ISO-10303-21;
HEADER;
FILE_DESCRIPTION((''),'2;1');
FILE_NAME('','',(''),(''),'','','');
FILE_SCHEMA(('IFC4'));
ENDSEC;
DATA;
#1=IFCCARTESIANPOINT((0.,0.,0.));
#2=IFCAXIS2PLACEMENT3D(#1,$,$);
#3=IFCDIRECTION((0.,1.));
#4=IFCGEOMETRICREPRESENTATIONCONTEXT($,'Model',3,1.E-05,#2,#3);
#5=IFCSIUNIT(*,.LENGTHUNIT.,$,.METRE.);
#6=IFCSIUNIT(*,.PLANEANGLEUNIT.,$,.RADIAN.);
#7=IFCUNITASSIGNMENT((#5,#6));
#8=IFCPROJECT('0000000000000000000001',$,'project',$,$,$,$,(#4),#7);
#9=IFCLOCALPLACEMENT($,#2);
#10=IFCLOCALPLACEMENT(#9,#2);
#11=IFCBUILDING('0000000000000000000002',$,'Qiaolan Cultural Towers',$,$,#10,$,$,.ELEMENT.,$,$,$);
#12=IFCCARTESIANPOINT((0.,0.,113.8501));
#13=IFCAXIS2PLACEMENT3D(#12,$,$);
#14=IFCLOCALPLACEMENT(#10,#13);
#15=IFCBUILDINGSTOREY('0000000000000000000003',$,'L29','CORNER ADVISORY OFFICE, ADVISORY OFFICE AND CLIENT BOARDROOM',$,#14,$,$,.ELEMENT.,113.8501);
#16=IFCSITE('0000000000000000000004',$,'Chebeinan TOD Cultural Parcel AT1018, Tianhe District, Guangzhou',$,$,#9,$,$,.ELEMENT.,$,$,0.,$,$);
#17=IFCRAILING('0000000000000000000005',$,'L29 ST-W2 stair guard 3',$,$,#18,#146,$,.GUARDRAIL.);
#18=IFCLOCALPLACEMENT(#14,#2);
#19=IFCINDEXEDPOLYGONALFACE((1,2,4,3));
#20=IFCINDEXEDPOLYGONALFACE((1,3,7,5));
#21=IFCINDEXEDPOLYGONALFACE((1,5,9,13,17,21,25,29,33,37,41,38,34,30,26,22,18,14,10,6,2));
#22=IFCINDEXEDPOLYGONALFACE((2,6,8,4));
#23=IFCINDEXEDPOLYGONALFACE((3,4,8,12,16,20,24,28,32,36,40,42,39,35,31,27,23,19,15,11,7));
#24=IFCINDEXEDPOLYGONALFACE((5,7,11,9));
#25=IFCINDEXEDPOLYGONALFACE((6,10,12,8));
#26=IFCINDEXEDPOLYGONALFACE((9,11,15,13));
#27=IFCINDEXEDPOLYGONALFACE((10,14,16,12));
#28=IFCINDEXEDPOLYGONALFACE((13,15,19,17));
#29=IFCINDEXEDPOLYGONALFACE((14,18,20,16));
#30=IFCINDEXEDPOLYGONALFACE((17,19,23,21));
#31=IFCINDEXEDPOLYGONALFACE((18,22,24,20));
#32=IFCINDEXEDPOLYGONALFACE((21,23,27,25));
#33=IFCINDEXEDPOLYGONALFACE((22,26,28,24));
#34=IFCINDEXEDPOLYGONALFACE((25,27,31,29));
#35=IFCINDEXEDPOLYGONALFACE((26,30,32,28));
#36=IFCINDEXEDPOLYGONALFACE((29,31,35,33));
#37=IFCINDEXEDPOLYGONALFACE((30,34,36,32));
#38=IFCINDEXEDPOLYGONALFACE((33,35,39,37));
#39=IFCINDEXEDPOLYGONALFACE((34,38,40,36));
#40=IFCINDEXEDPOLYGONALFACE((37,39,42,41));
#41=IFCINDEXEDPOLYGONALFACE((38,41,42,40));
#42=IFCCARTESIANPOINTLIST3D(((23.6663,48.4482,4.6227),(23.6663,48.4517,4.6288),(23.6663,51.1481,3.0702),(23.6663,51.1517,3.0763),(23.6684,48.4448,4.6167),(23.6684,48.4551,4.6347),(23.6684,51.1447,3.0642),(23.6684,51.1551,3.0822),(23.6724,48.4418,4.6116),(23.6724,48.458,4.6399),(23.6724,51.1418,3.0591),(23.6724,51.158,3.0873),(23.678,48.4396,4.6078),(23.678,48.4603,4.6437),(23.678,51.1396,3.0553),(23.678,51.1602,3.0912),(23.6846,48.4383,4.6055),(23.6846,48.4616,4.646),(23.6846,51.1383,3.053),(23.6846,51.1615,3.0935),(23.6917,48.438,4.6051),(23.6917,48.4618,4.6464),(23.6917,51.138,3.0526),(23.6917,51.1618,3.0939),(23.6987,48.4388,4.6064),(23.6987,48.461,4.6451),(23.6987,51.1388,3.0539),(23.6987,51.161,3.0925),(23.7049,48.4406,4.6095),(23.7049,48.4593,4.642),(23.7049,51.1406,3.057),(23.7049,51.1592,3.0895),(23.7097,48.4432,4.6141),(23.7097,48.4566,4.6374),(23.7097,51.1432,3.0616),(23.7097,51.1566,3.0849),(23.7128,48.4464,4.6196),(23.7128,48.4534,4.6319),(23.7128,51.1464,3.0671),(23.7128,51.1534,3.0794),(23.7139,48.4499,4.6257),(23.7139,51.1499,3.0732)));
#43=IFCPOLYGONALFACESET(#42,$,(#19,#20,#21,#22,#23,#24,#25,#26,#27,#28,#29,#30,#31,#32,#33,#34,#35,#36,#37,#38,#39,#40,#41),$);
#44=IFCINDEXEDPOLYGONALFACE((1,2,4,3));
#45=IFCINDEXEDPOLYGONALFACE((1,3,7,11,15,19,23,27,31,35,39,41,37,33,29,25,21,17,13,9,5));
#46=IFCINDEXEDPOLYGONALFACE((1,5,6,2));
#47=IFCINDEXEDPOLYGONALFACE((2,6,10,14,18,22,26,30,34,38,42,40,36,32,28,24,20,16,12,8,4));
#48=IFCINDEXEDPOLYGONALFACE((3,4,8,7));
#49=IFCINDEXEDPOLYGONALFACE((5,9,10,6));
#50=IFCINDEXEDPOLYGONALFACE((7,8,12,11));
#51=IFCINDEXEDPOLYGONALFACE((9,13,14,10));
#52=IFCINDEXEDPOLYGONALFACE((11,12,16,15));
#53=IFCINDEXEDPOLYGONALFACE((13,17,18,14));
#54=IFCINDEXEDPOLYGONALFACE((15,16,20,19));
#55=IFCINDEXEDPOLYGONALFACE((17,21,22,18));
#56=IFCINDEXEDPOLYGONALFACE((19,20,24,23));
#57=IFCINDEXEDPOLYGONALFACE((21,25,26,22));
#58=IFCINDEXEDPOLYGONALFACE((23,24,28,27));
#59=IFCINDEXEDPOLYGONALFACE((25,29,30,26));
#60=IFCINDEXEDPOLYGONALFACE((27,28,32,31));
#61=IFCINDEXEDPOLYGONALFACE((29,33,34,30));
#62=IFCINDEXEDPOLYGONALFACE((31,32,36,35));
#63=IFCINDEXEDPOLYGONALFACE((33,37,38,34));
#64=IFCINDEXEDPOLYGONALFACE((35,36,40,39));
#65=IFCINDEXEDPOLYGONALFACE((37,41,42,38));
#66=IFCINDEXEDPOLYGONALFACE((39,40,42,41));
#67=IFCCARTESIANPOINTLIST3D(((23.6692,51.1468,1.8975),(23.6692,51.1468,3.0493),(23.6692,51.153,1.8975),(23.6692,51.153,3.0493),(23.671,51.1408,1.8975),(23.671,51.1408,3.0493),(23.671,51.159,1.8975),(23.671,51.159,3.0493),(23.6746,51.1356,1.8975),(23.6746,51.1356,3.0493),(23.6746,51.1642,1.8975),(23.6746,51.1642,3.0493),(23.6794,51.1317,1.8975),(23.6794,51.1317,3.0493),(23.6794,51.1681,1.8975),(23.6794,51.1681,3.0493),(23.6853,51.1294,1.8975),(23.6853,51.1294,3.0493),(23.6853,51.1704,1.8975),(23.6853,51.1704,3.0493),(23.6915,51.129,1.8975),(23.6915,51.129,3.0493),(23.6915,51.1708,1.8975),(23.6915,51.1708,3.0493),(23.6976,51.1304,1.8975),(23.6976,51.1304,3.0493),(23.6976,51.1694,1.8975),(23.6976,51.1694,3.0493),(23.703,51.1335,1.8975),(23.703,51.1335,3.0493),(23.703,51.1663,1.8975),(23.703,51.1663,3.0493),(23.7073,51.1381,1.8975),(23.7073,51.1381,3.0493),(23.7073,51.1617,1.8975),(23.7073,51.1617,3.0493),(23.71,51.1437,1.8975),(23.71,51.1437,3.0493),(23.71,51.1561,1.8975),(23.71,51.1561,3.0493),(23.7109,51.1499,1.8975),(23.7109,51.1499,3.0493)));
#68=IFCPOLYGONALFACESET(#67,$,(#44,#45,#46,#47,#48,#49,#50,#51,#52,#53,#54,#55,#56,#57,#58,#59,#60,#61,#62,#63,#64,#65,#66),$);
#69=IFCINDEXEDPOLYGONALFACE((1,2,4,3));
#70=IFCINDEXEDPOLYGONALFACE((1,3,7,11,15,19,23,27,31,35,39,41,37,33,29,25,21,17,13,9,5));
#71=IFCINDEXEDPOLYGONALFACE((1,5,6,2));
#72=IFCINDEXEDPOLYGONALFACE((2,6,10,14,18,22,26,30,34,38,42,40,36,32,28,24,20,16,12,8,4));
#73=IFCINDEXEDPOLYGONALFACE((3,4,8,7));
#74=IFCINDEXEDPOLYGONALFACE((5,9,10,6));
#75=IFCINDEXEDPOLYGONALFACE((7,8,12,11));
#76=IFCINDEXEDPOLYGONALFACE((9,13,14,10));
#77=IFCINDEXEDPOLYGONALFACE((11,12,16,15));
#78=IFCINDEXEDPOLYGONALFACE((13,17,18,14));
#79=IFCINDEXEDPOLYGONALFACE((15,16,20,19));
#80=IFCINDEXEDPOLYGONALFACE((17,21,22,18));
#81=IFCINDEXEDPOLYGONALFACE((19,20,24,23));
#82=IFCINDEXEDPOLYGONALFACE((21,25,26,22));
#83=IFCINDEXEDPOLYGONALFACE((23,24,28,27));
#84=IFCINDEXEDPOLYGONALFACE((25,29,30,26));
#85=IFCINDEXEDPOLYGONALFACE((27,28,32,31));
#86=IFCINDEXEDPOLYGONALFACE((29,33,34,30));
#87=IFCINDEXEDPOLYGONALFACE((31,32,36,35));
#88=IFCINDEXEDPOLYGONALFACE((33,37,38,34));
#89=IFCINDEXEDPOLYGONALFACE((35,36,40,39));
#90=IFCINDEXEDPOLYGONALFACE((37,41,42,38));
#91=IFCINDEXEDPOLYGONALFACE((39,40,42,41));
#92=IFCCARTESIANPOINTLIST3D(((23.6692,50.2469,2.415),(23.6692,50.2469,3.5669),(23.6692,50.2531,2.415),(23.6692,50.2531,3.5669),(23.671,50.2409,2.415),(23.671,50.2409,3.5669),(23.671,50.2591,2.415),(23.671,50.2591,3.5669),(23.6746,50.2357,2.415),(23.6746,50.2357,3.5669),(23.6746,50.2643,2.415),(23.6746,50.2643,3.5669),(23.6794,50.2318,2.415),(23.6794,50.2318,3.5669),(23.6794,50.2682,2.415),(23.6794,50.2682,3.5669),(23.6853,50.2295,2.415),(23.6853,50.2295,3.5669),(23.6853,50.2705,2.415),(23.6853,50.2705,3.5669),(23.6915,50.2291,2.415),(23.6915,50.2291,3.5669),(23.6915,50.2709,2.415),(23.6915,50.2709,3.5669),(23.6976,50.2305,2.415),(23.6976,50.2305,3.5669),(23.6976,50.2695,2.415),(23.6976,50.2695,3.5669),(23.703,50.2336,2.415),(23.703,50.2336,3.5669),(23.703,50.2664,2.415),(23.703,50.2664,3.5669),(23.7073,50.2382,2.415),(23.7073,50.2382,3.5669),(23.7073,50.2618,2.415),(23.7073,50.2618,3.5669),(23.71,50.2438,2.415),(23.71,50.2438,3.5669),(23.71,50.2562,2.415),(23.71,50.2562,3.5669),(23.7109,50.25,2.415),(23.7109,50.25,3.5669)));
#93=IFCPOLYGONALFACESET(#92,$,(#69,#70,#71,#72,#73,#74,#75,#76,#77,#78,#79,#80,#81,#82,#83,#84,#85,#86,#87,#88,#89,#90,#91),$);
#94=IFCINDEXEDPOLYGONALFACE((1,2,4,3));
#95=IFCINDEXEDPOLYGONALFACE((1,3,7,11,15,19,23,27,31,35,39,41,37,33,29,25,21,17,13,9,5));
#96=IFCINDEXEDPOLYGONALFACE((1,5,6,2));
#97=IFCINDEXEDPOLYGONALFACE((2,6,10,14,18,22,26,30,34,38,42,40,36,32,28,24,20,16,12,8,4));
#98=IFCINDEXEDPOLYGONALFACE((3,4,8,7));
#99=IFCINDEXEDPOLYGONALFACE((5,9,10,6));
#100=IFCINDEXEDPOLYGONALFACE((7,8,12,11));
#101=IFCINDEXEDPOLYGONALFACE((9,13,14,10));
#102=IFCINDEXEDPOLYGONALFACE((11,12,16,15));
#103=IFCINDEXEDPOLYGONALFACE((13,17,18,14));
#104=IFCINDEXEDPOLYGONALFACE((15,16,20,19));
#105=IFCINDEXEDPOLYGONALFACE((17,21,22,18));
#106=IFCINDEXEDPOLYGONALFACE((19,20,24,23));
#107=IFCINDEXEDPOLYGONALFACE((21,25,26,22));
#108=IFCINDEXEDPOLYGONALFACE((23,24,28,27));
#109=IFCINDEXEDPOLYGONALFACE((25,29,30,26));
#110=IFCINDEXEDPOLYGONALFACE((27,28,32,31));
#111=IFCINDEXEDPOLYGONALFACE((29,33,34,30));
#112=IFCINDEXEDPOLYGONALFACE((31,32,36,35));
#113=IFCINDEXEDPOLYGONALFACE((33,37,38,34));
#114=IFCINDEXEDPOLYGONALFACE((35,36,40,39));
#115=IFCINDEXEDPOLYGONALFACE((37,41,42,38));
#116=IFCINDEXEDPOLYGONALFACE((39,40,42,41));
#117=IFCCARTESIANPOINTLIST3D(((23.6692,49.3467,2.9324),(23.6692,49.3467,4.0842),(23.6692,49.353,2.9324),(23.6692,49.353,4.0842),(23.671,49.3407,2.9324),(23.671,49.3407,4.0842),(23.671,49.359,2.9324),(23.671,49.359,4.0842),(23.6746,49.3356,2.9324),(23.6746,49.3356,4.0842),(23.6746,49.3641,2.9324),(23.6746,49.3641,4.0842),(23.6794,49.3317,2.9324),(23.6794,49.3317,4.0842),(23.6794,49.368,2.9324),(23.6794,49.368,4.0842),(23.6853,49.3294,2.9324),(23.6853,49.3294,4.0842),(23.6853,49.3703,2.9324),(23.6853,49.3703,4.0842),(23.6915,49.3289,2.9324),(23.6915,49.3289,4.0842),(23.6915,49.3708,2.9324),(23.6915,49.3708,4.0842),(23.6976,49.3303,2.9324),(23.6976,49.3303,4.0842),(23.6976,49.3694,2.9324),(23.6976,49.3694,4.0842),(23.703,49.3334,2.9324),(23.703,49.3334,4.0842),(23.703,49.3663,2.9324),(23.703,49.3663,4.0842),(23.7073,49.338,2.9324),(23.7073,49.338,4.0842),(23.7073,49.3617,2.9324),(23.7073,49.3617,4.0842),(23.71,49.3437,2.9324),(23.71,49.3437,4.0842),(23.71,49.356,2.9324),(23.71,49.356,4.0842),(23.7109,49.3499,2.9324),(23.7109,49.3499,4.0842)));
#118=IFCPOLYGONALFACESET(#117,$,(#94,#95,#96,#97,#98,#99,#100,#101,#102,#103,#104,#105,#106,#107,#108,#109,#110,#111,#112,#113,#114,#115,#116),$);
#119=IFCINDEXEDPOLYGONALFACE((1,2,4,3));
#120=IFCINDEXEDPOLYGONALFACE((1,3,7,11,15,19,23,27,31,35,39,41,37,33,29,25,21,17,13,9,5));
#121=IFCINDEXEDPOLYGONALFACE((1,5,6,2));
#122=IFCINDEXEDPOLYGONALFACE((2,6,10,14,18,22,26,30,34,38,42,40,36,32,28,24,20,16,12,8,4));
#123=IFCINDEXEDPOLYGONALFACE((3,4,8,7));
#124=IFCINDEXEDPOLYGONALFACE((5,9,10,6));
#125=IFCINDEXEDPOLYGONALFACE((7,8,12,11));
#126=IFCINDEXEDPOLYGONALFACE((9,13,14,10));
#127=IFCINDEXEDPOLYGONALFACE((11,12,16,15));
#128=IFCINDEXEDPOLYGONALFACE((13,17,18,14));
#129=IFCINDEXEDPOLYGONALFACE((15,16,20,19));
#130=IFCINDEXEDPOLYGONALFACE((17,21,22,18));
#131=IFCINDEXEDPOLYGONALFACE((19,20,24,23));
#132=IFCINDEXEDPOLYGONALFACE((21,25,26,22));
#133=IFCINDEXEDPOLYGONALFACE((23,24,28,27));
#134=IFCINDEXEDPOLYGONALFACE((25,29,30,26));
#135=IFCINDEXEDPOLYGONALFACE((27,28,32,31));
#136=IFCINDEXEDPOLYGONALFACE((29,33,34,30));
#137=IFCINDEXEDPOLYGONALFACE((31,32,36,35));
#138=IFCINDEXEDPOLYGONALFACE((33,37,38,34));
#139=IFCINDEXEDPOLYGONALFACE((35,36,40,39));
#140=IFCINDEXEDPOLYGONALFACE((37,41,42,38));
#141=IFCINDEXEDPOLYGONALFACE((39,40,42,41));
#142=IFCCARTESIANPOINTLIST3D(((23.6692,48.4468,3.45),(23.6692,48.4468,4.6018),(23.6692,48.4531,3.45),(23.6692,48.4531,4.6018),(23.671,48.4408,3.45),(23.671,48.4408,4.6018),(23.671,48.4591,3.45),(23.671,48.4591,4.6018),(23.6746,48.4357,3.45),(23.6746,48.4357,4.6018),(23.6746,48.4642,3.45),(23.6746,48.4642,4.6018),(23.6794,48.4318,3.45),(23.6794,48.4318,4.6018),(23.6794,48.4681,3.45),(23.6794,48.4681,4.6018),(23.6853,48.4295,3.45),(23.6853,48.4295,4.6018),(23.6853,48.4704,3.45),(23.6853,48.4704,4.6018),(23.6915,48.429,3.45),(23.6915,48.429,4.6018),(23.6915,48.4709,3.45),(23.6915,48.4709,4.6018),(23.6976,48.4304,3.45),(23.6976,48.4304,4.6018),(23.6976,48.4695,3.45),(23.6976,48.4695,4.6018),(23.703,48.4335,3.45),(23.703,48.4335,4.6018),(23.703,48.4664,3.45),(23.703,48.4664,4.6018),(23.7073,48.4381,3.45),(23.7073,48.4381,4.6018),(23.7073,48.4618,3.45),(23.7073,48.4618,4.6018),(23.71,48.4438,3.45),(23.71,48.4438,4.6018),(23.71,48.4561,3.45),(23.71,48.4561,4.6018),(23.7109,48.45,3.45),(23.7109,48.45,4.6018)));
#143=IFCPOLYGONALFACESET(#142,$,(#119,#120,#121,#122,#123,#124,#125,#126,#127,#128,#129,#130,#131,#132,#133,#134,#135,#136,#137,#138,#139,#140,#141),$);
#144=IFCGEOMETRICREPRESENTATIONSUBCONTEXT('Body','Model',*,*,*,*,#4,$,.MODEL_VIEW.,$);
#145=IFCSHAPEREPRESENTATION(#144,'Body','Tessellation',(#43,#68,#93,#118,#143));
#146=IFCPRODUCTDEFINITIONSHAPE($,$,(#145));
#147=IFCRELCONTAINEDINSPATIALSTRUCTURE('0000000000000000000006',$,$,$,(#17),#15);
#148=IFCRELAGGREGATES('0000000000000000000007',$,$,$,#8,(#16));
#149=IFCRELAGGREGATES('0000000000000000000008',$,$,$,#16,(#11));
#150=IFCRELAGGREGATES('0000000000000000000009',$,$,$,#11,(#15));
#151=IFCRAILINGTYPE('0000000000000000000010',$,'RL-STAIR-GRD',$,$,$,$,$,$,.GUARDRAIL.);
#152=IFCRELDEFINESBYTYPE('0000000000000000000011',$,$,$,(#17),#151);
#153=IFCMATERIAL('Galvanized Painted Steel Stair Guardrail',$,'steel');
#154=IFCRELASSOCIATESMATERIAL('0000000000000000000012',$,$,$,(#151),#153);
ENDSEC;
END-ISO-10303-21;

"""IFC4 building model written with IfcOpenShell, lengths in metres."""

from ifc_helpers import new_model, si_unit, direction, frame, origin, origin_2d, place, context, subcontext, project, spatial, circle, extrude, material, type_object, element, save


model = new_model("IFC4")

# Units and contexts
model_context = context("Model", 3, precision=1e-05, world=origin(), true_north=direction((0.0, 1.0)))
body_context = subcontext(model_context, "Body", "Model", "MODEL_VIEW")
ifc_project = project(units=[si_unit("LENGTHUNIT", "METRE"), si_unit("PLANEANGLEUNIT", "RADIAN")], contexts=[model_context])

# Site, building, storey
site_placement = place(None, origin())
site = spatial("IfcSite", under=ifc_project, at=site_placement, Name="Chebeinan TOD Cultural Parcel AT1018, Tianhe District, Guangzhou", CompositionType="ELEMENT", RefElevation=0.0)
building_placement = place(site_placement, origin())
building = spatial("IfcBuilding", under=site, at=building_placement, Name="Qiaolan Cultural Towers", CompositionType="ELEMENT")
storey_placement = place(building_placement, frame((0.0, 0.0, 113.8501)))
storey = spatial("IfcBuildingStorey", under=building, at=storey_placement, Name="L29", Description="CORNER ADVISORY OFFICE, ADVISORY OFFICE AND CLIENT BOARDROOM", CompositionType="ELEMENT", Elevation=113.8501)

# Railing
ifc_material_1 = material(Name="Galvanized Painted Steel Stair Guardrail", Category="steel")
railing_type_1 = type_object("IfcRailingType", Name="RL-STAIR-GRD", PredefinedType="GUARDRAIL", material=ifc_material_1)
railing_1_placement = place(storey_placement, frame((23.6899, 51.1499, 1.8975)))
element("IfcRailing", 1, at=railing_1_placement, inside=storey, type_object=railing_type_1, Name="L29 ST-W2 stair guard 3", PredefinedType="GUARDRAIL", context=body_context, shape_type="SweptSolid", body=[
    extrude(circle(Radius=0.0239, at=origin_2d()), frame((0.0, 0.0, 1.1758), z_axis=(0.0, -0.866904, 0.498476), x_axis=(1.0, 0.0, 0.0)), (0.0, 0.0, 1.0), 3.1145),
    extrude(circle(Radius=0.021, at=origin_2d()), origin(), (0.0, 0.0, 1.0), 1.1519),
    extrude(circle(Radius=0.021, at=origin_2d()), frame((0.0, -0.8999, 0.5176)), (0.0, 0.0, 1.0), 1.1519),
    extrude(circle(Radius=0.021, at=origin_2d()), frame((0.0, -1.8, 1.0349)), (0.0, 0.0, 1.0), 1.1519),
    extrude(circle(Radius=0.021, at=origin_2d()), frame((0.0, -2.7, 1.5525)), (0.0, 0.0, 1.0), 1.1519),
])

save(model, "model.ifc")
